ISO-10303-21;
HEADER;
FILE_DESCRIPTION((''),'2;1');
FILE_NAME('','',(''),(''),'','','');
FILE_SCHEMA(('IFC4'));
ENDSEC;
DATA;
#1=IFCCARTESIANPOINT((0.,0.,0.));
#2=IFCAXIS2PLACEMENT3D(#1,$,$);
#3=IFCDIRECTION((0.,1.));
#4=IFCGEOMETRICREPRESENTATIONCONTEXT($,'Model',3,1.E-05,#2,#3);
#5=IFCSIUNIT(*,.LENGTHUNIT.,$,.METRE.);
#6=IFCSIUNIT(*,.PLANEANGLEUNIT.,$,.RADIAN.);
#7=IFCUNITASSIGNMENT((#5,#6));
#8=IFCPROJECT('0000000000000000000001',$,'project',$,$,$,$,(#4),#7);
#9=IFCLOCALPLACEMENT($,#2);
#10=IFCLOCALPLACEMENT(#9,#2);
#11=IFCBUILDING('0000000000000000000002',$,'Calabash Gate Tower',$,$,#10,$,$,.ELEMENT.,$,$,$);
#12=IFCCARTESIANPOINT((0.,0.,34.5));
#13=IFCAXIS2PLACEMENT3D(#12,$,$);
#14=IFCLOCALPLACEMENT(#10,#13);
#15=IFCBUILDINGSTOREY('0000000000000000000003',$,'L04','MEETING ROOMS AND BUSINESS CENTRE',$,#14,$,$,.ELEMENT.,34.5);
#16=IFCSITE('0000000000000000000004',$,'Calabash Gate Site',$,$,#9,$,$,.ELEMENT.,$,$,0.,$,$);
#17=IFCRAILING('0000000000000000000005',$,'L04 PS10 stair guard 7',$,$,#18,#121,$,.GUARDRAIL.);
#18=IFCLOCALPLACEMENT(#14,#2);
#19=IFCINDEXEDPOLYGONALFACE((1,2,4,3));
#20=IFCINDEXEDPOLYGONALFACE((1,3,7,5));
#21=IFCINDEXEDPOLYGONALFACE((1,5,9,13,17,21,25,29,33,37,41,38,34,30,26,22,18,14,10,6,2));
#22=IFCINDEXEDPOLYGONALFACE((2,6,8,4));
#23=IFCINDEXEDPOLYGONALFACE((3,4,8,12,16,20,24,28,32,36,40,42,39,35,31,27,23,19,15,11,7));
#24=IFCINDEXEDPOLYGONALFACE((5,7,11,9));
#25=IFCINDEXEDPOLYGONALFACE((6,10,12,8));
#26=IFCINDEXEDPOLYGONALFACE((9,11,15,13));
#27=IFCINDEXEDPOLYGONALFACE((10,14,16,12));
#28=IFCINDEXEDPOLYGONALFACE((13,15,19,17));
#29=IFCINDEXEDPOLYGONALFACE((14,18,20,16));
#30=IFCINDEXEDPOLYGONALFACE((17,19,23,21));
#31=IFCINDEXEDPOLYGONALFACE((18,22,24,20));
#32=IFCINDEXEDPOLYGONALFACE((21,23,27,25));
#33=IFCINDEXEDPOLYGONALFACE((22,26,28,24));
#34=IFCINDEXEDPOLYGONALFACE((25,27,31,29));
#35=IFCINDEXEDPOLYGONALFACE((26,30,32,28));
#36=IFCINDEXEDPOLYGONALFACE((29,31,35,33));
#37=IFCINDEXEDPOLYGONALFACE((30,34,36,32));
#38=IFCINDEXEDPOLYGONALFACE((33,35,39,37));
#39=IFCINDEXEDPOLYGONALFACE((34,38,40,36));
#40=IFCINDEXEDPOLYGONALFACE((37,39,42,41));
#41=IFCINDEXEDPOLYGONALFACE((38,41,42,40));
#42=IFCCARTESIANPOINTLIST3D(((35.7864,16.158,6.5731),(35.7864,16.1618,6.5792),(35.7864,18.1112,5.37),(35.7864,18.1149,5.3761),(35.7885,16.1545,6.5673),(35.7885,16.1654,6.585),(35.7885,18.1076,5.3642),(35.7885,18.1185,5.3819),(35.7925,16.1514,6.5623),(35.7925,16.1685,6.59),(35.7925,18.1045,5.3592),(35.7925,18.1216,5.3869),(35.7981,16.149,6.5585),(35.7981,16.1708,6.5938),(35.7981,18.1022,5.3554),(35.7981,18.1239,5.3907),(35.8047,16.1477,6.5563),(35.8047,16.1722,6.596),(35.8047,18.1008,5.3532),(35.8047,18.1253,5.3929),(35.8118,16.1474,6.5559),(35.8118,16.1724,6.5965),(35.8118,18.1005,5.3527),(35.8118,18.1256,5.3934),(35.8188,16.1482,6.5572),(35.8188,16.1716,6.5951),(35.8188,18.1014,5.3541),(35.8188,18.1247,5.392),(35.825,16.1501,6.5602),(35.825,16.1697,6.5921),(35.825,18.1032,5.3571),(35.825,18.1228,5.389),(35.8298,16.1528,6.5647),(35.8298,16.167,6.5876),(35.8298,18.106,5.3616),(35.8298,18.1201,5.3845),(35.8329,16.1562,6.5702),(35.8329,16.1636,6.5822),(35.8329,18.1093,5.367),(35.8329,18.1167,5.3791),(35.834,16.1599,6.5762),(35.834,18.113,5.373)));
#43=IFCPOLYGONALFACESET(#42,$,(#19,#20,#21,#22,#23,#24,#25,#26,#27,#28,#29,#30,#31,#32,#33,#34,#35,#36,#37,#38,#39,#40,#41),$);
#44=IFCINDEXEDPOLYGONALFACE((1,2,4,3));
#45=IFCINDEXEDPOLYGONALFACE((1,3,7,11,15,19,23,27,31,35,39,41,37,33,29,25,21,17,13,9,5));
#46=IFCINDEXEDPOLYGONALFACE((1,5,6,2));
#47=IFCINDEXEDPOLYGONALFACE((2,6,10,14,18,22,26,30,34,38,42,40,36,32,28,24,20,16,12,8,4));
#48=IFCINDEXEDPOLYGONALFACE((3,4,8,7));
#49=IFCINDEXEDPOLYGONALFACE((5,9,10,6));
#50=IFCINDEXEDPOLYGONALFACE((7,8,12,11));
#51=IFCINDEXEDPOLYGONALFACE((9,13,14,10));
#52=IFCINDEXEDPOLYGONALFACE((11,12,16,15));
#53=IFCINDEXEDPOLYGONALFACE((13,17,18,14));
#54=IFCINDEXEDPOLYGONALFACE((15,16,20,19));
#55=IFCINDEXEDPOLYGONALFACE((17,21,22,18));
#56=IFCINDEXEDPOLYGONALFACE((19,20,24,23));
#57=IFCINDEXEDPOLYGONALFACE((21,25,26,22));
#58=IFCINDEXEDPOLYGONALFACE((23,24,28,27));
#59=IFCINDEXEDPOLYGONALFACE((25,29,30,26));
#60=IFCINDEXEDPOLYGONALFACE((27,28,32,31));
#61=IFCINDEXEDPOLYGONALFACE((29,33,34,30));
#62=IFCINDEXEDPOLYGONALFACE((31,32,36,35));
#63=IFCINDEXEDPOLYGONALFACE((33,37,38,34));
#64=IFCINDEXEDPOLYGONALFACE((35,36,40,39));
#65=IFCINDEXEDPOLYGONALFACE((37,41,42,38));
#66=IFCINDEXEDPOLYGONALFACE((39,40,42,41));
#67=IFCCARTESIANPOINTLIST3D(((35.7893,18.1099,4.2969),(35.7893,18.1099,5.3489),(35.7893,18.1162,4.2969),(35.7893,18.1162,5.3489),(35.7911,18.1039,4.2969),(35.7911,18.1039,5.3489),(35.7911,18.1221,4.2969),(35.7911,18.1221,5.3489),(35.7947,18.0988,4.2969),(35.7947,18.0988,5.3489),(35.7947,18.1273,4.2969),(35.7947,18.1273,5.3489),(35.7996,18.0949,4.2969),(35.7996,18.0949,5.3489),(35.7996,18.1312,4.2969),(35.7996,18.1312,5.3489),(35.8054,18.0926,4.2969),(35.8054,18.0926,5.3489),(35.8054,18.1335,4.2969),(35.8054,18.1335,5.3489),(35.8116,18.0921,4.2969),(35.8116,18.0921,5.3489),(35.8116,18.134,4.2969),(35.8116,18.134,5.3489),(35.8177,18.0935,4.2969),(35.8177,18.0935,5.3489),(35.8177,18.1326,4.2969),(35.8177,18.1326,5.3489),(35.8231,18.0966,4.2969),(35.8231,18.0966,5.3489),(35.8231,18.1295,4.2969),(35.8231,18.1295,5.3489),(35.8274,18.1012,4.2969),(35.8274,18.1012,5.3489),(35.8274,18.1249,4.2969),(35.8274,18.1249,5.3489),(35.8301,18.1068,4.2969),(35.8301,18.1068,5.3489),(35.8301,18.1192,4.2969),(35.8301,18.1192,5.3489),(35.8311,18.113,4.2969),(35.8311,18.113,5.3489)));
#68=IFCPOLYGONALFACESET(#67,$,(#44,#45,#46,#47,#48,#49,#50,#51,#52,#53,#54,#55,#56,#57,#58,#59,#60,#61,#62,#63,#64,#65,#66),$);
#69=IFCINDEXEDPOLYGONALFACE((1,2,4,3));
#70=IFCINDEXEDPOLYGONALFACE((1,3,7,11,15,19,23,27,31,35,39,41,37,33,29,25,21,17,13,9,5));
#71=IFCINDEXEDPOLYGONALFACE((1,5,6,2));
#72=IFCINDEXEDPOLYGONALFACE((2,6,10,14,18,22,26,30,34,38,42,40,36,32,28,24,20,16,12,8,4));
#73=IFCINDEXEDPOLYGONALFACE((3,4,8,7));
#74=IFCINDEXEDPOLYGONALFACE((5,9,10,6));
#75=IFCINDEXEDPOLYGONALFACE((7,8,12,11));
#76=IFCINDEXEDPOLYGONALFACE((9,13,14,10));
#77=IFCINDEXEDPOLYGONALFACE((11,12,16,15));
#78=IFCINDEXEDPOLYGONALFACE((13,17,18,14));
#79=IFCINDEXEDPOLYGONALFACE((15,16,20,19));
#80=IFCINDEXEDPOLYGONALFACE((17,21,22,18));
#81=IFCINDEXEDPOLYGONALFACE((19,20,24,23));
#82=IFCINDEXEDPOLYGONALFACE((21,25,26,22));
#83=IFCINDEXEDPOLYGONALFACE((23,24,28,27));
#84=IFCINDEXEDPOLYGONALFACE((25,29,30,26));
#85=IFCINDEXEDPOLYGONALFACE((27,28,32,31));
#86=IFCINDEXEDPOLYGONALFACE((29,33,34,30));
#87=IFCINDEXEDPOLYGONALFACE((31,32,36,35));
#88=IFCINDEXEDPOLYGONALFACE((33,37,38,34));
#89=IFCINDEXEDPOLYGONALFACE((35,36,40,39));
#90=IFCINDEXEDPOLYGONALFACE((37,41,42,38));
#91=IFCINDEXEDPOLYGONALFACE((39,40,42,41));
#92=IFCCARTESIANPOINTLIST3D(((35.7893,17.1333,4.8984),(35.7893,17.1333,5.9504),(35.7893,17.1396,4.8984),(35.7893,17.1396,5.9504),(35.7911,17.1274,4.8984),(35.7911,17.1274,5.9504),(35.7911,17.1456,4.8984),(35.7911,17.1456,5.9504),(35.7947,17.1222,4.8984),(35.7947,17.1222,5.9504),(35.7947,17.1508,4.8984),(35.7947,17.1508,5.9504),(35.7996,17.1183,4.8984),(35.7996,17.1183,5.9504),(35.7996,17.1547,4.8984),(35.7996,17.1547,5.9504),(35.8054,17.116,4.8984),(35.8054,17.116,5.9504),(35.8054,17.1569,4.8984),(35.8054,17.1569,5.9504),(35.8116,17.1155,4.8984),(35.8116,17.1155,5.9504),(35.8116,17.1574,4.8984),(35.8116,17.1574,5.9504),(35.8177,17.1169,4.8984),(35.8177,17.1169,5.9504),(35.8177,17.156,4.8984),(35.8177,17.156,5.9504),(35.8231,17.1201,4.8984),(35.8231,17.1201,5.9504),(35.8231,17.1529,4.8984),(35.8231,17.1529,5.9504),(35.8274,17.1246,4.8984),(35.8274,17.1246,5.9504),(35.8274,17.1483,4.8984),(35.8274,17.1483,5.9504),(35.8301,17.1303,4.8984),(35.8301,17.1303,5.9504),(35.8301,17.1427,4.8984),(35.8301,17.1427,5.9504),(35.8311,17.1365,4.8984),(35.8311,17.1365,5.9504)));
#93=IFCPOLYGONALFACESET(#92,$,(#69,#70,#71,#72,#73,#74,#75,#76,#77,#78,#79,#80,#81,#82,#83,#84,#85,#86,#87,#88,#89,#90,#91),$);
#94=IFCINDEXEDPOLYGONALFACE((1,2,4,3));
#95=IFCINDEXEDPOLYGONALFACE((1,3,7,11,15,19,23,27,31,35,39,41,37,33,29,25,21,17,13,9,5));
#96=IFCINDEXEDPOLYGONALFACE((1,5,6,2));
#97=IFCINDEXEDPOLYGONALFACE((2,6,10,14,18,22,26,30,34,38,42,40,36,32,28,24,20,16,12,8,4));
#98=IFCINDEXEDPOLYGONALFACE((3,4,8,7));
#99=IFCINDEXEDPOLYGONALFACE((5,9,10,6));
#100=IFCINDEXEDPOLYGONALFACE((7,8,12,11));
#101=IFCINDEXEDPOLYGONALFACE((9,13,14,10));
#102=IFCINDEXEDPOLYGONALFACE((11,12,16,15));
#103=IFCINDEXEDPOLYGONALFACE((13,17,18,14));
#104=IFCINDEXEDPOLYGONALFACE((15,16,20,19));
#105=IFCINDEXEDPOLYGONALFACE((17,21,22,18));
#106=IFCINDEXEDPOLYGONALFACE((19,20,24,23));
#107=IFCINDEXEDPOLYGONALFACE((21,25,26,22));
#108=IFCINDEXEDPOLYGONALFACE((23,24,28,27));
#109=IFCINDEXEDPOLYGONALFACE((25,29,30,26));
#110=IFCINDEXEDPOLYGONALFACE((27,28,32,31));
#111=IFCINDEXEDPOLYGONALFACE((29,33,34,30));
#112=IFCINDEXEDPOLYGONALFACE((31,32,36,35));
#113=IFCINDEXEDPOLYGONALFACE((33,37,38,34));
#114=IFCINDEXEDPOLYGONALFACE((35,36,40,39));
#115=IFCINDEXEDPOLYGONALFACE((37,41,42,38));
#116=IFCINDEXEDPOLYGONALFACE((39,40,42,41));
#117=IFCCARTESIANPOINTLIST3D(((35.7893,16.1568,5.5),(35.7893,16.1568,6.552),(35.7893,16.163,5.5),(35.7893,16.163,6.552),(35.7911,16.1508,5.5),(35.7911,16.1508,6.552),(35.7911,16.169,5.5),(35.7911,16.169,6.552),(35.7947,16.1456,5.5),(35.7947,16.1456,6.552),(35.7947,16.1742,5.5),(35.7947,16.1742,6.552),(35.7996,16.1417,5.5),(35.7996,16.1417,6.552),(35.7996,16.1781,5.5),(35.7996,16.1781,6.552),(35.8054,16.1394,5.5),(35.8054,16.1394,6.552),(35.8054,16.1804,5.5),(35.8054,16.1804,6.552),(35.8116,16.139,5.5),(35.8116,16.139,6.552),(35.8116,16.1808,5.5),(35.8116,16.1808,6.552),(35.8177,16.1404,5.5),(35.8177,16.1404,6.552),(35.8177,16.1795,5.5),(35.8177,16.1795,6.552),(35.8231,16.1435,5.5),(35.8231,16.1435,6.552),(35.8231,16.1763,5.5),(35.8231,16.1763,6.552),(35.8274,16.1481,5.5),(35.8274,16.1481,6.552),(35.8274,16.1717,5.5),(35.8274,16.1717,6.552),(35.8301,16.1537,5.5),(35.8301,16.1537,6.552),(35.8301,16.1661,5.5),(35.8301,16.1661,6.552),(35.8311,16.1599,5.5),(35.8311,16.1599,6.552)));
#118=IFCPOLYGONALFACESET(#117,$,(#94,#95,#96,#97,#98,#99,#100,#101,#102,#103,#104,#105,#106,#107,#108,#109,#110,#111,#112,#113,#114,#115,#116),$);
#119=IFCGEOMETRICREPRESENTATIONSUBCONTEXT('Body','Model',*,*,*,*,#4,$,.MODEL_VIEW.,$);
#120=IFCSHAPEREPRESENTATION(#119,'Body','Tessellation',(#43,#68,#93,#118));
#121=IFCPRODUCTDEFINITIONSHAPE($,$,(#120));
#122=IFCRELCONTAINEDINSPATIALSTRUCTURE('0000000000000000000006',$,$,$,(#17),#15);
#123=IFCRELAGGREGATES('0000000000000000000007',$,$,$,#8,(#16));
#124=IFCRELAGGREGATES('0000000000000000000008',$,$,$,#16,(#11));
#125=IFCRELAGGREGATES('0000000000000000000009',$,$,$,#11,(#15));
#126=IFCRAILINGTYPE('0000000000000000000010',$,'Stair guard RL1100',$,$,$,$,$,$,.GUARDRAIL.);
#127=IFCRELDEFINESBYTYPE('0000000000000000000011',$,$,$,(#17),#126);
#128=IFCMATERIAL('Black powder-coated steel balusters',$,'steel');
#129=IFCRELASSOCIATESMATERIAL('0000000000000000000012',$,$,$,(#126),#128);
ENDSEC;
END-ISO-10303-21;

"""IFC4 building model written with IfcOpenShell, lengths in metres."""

from ifc_helpers import new_model, si_unit, direction, frame, origin, origin_2d, place, context, subcontext, project, spatial, circle, extrude, material, type_object, element, save


model = new_model("IFC4")

# Units and contexts
model_context = context("Model", 3, precision=1e-05, world=origin(), true_north=direction((0.0, 1.0)))
body_context = subcontext(model_context, "Body", "Model", "MODEL_VIEW")
ifc_project = project(units=[si_unit("LENGTHUNIT", "METRE"), si_unit("PLANEANGLEUNIT", "RADIAN")], contexts=[model_context])

# Site, building, storey
site_placement = place(None, origin())
site = spatial("IfcSite", under=ifc_project, at=site_placement, Name="Calabash Gate Site", CompositionType="ELEMENT", RefElevation=0.0)
building_placement = place(site_placement, origin())
building = spatial("IfcBuilding", under=site, at=building_placement, Name="Calabash Gate Tower", CompositionType="ELEMENT")
storey_placement = place(building_placement, frame((0.0, 0.0, 34.5)))
storey = spatial("IfcBuildingStorey", under=building, at=storey_placement, Name="L04", Description="MEETING ROOMS AND BUSINESS CENTRE", CompositionType="ELEMENT", Elevation=34.5)

# Railing
ifc_material_1 = material(Name="Black powder-coated steel balusters", Category="steel")
railing_type_1 = type_object("IfcRailingType", Name="Stair guard RL1100", PredefinedType="GUARDRAIL", material=ifc_material_1)
railing_1_placement = place(storey_placement, frame((35.8101, 18.113, 4.2969)))
element("IfcRailing", 1, at=railing_1_placement, inside=storey, type_object=railing_type_1, Name="L04 PS10 stair guard 7", PredefinedType="GUARDRAIL", context=body_context, shape_type="SweptSolid", body=[
    extrude(circle(Radius=0.0239, at=origin_2d()), frame((0.0, 0.0, 1.0762), z_axis=(0.0, -0.851424, 0.524477), x_axis=(1.0, 0.0, 0.0)), (0.0, 0.0, 1.0), 2.2939),
    extrude(circle(Radius=0.021, at=origin_2d()), origin(), (0.0, 0.0, 1.0), 1.052),
    extrude(circle(Radius=0.021, at=origin_2d()), frame((0.0, -0.9766, 0.6016)), (0.0, 0.0, 1.0), 1.052),
    extrude(circle(Radius=0.021, at=origin_2d()), frame((0.0, -1.9531, 1.2031)), (0.0, 0.0, 1.0), 1.052),
])

save(model, "model.ifc")
